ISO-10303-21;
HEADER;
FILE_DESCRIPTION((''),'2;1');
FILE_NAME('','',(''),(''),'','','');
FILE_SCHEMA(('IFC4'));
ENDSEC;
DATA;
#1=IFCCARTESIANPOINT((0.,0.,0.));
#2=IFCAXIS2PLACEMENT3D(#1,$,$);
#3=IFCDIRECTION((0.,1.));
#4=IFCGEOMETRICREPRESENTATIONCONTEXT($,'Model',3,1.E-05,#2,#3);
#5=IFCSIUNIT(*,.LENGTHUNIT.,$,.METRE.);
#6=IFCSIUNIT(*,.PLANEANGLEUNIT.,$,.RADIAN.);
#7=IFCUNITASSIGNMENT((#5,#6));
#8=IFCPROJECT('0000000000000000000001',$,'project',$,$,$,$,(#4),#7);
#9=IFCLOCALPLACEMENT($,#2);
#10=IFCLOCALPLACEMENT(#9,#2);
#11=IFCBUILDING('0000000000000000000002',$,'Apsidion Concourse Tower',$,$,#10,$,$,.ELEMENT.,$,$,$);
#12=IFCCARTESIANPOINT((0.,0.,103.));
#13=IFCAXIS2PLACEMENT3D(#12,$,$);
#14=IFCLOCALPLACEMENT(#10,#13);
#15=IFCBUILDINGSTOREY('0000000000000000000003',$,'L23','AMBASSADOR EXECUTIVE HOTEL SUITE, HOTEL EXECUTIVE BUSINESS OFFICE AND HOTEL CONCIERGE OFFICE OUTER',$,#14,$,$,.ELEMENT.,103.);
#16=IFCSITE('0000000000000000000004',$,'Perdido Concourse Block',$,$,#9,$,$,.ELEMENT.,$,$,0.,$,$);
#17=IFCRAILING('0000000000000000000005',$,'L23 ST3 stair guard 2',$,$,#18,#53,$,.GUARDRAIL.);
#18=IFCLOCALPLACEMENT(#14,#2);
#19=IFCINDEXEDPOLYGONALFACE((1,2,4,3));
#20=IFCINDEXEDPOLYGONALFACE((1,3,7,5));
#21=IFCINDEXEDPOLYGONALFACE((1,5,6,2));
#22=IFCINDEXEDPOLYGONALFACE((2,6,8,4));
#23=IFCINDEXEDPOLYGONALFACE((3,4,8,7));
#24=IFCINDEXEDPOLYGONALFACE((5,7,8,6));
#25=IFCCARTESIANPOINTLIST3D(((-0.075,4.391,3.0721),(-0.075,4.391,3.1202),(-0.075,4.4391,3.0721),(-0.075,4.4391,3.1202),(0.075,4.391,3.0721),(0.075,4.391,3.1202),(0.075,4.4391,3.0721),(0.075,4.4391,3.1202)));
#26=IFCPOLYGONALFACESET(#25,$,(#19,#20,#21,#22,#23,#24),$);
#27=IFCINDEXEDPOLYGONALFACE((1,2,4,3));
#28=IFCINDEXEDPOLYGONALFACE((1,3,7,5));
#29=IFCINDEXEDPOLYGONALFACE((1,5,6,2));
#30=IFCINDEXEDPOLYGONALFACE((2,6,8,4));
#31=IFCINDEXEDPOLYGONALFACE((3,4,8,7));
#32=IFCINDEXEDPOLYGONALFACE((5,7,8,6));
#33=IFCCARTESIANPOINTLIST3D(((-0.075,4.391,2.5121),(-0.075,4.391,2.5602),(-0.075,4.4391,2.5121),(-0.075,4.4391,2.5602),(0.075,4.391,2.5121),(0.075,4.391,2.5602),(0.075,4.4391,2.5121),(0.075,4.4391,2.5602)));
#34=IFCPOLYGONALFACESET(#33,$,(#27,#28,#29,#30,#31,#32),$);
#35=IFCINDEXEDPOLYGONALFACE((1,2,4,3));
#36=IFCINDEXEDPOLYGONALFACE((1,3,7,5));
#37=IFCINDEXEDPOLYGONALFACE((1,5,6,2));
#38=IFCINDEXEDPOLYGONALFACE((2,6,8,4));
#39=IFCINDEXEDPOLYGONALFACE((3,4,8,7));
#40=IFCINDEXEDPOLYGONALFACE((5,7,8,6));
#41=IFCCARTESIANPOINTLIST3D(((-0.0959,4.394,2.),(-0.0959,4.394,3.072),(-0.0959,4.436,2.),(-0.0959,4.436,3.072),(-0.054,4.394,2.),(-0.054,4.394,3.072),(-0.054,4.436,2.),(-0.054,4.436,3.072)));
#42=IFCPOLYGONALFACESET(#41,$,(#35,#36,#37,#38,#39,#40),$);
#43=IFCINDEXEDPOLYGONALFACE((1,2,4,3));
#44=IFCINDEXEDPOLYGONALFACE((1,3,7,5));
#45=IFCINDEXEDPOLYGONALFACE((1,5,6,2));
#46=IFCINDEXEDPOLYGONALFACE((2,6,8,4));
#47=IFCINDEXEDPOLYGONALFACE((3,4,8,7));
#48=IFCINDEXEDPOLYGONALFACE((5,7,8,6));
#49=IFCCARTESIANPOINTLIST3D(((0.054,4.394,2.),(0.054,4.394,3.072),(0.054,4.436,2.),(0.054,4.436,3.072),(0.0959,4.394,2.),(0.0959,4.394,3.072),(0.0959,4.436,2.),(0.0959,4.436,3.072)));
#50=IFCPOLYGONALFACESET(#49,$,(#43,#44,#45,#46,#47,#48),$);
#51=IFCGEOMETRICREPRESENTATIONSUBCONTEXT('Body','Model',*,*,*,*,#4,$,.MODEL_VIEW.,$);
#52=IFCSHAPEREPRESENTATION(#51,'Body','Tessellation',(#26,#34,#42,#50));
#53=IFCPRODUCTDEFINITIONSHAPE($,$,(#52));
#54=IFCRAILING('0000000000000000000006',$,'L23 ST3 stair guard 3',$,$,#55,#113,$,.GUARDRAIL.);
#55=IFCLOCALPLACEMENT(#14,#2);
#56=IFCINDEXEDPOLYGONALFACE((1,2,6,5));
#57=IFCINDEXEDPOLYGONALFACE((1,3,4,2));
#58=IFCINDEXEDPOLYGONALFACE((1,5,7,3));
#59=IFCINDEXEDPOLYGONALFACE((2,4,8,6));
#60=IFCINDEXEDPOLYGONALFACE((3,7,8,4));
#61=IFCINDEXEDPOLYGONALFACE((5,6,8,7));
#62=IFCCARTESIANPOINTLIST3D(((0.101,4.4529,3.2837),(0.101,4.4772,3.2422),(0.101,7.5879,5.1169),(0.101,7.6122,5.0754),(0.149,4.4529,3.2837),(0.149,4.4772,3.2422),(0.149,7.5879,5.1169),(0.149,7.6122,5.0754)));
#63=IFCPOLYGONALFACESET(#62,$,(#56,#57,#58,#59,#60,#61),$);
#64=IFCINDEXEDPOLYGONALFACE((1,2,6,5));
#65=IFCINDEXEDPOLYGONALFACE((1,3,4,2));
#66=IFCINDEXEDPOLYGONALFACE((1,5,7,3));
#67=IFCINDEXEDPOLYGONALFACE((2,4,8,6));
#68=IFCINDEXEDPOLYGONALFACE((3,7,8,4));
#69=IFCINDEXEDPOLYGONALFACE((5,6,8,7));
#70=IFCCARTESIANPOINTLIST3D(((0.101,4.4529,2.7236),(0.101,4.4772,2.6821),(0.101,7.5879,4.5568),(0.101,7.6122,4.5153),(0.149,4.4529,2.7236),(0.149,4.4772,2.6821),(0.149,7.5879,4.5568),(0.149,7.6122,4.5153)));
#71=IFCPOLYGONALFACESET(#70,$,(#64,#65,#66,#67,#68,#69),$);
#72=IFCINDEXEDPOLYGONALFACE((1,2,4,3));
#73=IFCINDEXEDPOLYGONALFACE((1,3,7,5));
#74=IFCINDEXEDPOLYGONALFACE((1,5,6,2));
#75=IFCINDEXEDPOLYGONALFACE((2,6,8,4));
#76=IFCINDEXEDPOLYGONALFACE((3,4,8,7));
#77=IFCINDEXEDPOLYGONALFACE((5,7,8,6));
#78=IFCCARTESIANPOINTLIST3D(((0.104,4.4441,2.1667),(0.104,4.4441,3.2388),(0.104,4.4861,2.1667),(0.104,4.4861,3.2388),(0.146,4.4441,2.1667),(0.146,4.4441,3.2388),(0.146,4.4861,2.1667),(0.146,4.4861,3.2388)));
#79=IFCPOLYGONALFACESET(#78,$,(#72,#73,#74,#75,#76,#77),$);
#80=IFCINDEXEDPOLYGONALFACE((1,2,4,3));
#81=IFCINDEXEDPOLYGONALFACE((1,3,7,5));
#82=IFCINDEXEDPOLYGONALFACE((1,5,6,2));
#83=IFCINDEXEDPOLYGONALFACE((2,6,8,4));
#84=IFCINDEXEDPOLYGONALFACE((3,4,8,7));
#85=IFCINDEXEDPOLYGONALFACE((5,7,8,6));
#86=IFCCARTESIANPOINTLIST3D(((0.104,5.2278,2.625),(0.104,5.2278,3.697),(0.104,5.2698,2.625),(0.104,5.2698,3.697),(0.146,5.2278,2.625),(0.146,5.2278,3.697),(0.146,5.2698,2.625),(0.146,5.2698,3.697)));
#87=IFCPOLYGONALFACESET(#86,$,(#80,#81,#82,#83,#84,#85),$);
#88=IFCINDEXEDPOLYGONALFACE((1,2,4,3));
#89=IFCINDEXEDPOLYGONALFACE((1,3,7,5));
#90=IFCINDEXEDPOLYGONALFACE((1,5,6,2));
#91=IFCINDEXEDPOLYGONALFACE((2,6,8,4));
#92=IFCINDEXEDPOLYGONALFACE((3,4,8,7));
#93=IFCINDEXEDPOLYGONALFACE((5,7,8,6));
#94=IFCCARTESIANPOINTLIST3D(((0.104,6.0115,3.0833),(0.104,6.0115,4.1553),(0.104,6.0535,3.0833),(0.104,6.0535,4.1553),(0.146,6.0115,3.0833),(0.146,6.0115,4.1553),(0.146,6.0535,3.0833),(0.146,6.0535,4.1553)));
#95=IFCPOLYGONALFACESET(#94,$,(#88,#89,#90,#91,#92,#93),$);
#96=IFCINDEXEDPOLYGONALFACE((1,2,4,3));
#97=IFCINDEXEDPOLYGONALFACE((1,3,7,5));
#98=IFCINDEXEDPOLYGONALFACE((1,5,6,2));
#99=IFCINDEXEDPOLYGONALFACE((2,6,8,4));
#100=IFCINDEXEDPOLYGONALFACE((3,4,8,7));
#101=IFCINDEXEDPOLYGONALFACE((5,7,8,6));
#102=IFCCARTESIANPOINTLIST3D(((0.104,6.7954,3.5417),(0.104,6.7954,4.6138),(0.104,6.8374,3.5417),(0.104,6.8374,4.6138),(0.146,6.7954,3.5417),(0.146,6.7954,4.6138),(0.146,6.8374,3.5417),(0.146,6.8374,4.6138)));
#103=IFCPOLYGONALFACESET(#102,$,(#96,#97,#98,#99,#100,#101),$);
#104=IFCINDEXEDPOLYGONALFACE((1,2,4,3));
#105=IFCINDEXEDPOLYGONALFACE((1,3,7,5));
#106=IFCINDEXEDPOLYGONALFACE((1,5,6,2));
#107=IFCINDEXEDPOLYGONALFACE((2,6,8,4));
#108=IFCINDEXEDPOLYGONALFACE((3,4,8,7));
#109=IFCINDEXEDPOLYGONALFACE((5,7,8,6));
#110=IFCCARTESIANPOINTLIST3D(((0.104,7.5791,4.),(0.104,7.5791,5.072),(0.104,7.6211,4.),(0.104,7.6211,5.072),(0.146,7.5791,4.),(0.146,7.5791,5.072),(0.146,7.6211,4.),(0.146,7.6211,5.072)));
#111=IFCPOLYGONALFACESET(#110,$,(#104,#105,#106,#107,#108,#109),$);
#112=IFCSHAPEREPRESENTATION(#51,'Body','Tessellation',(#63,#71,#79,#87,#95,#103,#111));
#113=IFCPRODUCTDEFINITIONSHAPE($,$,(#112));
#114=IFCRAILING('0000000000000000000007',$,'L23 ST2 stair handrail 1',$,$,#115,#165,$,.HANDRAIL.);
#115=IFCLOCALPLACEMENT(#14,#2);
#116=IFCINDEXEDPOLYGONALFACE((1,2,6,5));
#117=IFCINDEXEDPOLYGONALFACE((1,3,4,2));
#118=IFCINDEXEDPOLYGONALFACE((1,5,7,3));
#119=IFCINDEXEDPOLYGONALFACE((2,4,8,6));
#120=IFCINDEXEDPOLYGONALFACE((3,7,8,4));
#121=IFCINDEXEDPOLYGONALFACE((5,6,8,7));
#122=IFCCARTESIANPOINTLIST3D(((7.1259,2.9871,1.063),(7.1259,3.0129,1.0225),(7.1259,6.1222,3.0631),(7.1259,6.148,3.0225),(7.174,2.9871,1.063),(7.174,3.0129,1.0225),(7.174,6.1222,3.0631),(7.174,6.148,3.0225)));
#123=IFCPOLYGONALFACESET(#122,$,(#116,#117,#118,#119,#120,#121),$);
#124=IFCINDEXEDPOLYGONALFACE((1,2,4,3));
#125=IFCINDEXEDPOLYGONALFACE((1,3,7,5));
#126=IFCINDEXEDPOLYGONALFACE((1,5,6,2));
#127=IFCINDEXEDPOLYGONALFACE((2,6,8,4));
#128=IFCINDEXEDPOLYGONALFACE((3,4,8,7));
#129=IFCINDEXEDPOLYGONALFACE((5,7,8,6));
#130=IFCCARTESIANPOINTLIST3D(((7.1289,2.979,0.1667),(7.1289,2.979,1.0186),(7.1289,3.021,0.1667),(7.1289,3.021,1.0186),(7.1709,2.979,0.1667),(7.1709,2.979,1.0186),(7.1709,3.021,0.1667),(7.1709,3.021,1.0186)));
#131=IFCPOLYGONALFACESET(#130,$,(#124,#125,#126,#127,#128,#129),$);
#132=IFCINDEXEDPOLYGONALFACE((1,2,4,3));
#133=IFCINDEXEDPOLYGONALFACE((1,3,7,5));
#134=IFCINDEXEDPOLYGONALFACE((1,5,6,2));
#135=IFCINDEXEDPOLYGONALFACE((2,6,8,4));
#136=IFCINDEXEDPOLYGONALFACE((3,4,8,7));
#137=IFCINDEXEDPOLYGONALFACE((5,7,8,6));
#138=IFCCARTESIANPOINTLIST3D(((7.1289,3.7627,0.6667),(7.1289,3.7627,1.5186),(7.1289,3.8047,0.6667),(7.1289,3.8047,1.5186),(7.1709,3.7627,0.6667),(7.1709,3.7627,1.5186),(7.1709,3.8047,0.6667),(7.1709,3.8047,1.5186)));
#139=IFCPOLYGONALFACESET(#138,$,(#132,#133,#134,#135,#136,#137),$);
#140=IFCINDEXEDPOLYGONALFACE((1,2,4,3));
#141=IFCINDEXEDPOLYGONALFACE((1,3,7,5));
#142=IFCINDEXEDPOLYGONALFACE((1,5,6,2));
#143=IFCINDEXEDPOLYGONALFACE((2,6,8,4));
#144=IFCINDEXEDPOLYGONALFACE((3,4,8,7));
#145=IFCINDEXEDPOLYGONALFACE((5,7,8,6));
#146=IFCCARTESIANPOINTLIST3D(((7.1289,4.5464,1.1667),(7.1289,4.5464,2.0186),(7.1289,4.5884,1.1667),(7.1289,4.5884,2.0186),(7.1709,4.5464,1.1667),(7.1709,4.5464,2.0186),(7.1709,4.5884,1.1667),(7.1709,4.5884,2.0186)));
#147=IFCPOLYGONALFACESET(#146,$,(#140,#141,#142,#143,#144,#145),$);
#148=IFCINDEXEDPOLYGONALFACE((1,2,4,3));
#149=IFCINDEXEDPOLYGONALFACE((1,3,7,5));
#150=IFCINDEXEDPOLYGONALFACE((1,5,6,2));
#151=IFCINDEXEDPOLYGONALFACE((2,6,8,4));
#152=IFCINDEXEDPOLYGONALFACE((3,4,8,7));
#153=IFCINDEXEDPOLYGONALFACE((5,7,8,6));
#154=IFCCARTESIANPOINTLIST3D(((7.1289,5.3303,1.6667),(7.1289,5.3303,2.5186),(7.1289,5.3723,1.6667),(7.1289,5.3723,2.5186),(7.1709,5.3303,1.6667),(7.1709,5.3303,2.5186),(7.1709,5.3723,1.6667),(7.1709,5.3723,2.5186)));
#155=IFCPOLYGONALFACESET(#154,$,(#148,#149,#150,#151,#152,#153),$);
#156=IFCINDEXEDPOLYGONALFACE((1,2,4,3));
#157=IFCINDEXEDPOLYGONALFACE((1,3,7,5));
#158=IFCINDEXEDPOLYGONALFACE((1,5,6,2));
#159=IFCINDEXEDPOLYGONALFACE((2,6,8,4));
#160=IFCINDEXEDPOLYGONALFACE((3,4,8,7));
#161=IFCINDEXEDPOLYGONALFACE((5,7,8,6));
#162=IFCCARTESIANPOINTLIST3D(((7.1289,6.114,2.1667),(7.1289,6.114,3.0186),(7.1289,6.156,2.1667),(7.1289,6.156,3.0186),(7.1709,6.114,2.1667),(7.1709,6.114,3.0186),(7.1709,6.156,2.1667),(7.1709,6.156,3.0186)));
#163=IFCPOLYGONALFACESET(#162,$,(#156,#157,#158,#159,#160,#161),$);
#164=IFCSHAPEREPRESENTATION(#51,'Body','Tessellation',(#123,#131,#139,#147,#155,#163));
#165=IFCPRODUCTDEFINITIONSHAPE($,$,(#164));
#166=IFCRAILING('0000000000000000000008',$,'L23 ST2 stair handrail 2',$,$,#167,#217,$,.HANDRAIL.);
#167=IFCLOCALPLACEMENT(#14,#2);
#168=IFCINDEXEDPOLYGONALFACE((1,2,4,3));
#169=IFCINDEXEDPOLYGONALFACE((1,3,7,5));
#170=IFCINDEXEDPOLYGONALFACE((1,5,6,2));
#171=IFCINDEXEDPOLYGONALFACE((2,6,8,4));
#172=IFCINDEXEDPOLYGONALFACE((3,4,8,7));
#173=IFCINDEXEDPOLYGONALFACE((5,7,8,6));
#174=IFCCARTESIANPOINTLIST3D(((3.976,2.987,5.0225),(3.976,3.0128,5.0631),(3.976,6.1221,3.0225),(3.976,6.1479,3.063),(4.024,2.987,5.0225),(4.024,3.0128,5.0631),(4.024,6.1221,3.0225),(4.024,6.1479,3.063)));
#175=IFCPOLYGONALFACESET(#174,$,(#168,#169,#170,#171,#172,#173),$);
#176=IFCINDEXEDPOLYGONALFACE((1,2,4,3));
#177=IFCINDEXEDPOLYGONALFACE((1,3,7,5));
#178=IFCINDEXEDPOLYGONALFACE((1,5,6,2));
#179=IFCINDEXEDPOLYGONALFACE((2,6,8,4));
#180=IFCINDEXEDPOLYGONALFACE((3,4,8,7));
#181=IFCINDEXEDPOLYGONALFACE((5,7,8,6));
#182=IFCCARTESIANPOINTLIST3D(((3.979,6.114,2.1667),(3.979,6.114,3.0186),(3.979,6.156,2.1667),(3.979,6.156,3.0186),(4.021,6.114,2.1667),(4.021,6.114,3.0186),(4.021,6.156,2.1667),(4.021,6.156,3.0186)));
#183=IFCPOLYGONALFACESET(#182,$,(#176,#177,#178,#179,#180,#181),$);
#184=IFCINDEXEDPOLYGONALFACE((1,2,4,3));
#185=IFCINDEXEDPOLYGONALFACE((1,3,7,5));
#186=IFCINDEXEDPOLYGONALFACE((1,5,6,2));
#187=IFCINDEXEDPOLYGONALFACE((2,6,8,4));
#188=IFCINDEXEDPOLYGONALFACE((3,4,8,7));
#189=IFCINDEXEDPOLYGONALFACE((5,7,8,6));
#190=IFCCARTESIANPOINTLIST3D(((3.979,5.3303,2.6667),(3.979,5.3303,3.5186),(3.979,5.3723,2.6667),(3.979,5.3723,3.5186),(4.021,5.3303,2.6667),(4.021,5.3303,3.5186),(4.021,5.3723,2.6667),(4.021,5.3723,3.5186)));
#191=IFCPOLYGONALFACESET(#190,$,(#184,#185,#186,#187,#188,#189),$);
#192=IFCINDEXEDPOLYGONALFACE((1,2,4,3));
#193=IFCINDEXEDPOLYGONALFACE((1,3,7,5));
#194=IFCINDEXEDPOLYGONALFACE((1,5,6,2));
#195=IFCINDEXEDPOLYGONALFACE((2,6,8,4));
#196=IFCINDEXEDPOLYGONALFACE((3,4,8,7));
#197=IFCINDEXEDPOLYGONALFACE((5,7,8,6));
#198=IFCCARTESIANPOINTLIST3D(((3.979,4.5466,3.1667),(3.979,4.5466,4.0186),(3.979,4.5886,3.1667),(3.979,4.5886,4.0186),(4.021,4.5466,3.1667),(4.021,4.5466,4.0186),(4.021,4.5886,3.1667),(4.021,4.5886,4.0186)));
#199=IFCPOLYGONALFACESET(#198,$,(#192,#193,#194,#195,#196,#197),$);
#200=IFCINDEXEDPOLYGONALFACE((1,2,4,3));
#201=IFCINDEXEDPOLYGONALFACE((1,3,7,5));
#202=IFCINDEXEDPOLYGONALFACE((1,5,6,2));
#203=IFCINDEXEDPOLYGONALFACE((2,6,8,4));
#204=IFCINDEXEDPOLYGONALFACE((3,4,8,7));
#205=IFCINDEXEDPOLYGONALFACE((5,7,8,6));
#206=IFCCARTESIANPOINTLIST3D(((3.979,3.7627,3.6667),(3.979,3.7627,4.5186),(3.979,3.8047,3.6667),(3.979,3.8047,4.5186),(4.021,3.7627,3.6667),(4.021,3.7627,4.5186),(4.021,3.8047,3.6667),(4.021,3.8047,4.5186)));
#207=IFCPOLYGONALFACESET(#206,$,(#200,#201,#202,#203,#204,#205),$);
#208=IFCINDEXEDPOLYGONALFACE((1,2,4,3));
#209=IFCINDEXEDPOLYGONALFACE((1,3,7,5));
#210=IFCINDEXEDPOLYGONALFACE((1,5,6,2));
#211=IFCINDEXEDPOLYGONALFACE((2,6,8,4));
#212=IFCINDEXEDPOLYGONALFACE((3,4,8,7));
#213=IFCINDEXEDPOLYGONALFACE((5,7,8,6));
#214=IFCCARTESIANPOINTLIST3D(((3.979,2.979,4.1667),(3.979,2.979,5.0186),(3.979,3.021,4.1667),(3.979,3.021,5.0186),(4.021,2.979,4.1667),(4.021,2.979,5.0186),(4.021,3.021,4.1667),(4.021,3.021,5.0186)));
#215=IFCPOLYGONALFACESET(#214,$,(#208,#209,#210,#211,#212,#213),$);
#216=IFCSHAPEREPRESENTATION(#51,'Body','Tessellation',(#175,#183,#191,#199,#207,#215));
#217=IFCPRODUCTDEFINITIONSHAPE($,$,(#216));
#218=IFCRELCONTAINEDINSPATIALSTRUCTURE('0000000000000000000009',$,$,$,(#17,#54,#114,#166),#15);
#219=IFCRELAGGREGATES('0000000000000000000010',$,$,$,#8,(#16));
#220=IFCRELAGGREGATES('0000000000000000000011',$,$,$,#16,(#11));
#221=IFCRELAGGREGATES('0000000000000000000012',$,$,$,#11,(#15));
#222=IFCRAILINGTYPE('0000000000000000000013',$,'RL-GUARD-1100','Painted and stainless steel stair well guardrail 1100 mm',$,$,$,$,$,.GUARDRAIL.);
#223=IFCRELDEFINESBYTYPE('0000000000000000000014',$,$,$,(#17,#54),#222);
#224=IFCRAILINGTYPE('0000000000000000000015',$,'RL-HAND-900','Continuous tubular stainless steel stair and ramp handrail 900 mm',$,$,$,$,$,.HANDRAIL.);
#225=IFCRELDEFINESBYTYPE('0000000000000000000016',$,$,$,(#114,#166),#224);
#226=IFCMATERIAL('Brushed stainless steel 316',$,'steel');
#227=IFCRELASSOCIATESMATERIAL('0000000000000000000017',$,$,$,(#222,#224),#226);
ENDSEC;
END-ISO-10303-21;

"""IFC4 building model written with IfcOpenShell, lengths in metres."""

from ifc_helpers import new_model, si_unit, direction, frame, origin, origin_2d, place, context, subcontext, project, spatial, rectangle, extrude, material, type_object, element, save


model = new_model("IFC4")

# Units and contexts
model_context = context("Model", 3, precision=1e-05, world=origin(), true_north=direction((0.0, 1.0)))
body_context = subcontext(model_context, "Body", "Model", "MODEL_VIEW")
ifc_project = project(units=[si_unit("LENGTHUNIT", "METRE"), si_unit("PLANEANGLEUNIT", "RADIAN")], contexts=[model_context])

# Site, building, storey
site_placement = place(None, origin())
site = spatial("IfcSite", under=ifc_project, at=site_placement, Name="Perdido Concourse Block", CompositionType="ELEMENT", RefElevation=0.0)
building_placement = place(site_placement, origin())
building = spatial("IfcBuilding", under=site, at=building_placement, Name="Apsidion Concourse Tower", CompositionType="ELEMENT")
storey_placement = place(building_placement, frame((0.0, 0.0, 103.0)))
storey = spatial("IfcBuildingStorey", under=building, at=storey_placement, Name="L23", Description="AMBASSADOR EXECUTIVE HOTEL SUITE, HOTEL EXECUTIVE BUSINESS OFFICE AND HOTEL CONCIERGE OFFICE OUTER", CompositionType="ELEMENT", Elevation=103.0)

# Railings
ifc_material_1 = material(Name="Brushed stainless steel 316", Category="steel")
railing_type_1 = type_object("IfcRailingType", Name="RL-GUARD-1100", Description="Painted and stainless steel stair well guardrail 1100 mm", PredefinedType="GUARDRAIL", material=ifc_material_1)
railing_1_placement = place(storey_placement, frame((-0.075, 4.415, 2.0)))
element("IfcRailing", 1, at=railing_1_placement, inside=storey, type_object=railing_type_1, Name="L23 ST3 stair guard 2", PredefinedType="GUARDRAIL", context=body_context, shape_type="SweptSolid", body=[
    extrude(rectangle(XDim=0.0481, YDim=0.0481, at=origin_2d()), frame((0.0, 0.0, 1.0962), z_axis=(1.0, 0.0, 0.0), x_axis=(0.0, 1.0, 0.0)), (0.0, 0.0, 1.0), 0.1499),
    extrude(rectangle(XDim=0.0481, YDim=0.0481, at=origin_2d()), frame((0.0, 0.0, 0.5361), z_axis=(1.0, 0.0, 0.0), x_axis=(0.0, 1.0, 0.0)), (0.0, 0.0, 1.0), 0.1499),
    extrude(rectangle(XDim=0.042, YDim=0.042, at=origin_2d()), origin(), (0.0, 0.0, 1.0), 1.072),
    extrude(rectangle(XDim=0.042, YDim=0.042, at=origin_2d()), frame((0.1499, 0.0, 0.0)), (0.0, 0.0, 1.0), 1.072),
])
railing_2_placement = place(storey_placement, frame((0.125, 4.4651, 2.1667)))
element("IfcRailing", 2, at=railing_2_placement, inside=storey, type_object=railing_type_1, Name="L23 ST3 stair guard 3", PredefinedType="GUARDRAIL", context=body_context, shape_type="SweptSolid", body=[
    extrude(rectangle(XDim=0.0481, YDim=0.0481, at=origin_2d()), frame((0.0, 0.0, 1.0962), z_axis=(0.0, 0.86324, 0.504794), x_axis=(-1.0, 0.0, 0.0)), (0.0, 0.0, 1.0), 3.6316),
    extrude(rectangle(XDim=0.0481, YDim=0.0481, at=origin_2d()), frame((0.0, 0.0, 0.5361), z_axis=(0.0, 0.86324, 0.504794), x_axis=(-1.0, 0.0, 0.0)), (0.0, 0.0, 1.0), 3.6316),
    extrude(rectangle(XDim=0.042, YDim=0.042, at=origin_2d()), origin(), (0.0, 0.0, 1.0), 1.072),
    extrude(rectangle(XDim=0.042, YDim=0.042, at=origin_2d()), frame((0.0, 0.7837, 0.4583)), (0.0, 0.0, 1.0), 1.072),
    extrude(rectangle(XDim=0.042, YDim=0.042, at=origin_2d()), frame((0.0, 1.5674, 0.9165)), (0.0, 0.0, 1.0), 1.072),
    extrude(rectangle(XDim=0.042, YDim=0.042, at=origin_2d()), frame((0.0, 2.3513, 1.375)), (0.0, 0.0, 1.0), 1.072),
    extrude(rectangle(XDim=0.042, YDim=0.042, at=origin_2d()), frame((0.0, 3.135, 1.8333)), (0.0, 0.0, 1.0), 1.072),
])
railing_type_2 = type_object("IfcRailingType", Name="RL-HAND-900", Description="Continuous tubular stainless steel stair and ramp handrail 900 mm", PredefinedType="HANDRAIL", material=ifc_material_1)
railing_3_placement = place(storey_placement, frame((7.1499, 3.0, 0.1667)))
element("IfcRailing", 3, at=railing_3_placement, inside=storey, type_object=railing_type_2, Name="L23 ST2 stair handrail 1", PredefinedType="HANDRAIL", context=body_context, shape_type="SweptSolid", body=[
    extrude(rectangle(XDim=0.0481, YDim=0.0481, at=origin_2d()), frame((0.0, 0.0, 0.876), z_axis=(0.0, 0.843053, 0.537831), x_axis=(-1.0, 0.0, 0.0)), (0.0, 0.0, 1.0), 3.7188),
    extrude(rectangle(XDim=0.042, YDim=0.042, at=origin_2d()), origin(), (0.0, 0.0, 1.0), 0.8518),
    extrude(rectangle(XDim=0.042, YDim=0.042, at=origin_2d()), frame((0.0, 0.7837, 0.5)), (0.0, 0.0, 1.0), 0.8518),
    extrude(rectangle(XDim=0.042, YDim=0.042, at=origin_2d()), frame((0.0, 1.5674, 1.0)), (0.0, 0.0, 1.0), 0.8518),
    extrude(rectangle(XDim=0.042, YDim=0.042, at=origin_2d()), frame((0.0, 2.3513, 1.5)), (0.0, 0.0, 1.0), 0.8518),
    extrude(rectangle(XDim=0.042, YDim=0.042, at=origin_2d()), frame((0.0, 3.135, 2.0)), (0.0, 0.0, 1.0), 0.8518),
])
railing_4_placement = place(storey_placement, frame((4.0, 6.135, 2.1667)))
element("IfcRailing", 4, at=railing_4_placement, inside=storey, type_object=railing_type_2, Name="L23 ST2 stair handrail 2", PredefinedType="HANDRAIL", context=body_context, shape_type="SweptSolid", body=[
    extrude(rectangle(XDim=0.0481, YDim=0.0481, at=origin_2d()), frame((0.0, 0.0, 0.876), z_axis=(0.0, -0.843053, 0.537831), x_axis=(1.0, 0.0, 0.0)), (0.0, 0.0, 1.0), 3.7188),
    extrude(rectangle(XDim=0.042, YDim=0.042, at=origin_2d()), origin(), (0.0, 0.0, 1.0), 0.8518),
    extrude(rectangle(XDim=0.042, YDim=0.042, at=origin_2d()), frame((0.0, -0.7837, 0.5)), (0.0, 0.0, 1.0), 0.8518),
    extrude(rectangle(XDim=0.042, YDim=0.042, at=origin_2d()), frame((0.0, -1.5674, 1.0)), (0.0, 0.0, 1.0), 0.8518),
    extrude(rectangle(XDim=0.042, YDim=0.042, at=origin_2d()), frame((0.0, -2.3513, 1.5)), (0.0, 0.0, 1.0), 0.8518),
    extrude(rectangle(XDim=0.042, YDim=0.042, at=origin_2d()), frame((0.0, -3.135, 2.0)), (0.0, 0.0, 1.0), 0.8518),
])

save(model, "model.ifc")
